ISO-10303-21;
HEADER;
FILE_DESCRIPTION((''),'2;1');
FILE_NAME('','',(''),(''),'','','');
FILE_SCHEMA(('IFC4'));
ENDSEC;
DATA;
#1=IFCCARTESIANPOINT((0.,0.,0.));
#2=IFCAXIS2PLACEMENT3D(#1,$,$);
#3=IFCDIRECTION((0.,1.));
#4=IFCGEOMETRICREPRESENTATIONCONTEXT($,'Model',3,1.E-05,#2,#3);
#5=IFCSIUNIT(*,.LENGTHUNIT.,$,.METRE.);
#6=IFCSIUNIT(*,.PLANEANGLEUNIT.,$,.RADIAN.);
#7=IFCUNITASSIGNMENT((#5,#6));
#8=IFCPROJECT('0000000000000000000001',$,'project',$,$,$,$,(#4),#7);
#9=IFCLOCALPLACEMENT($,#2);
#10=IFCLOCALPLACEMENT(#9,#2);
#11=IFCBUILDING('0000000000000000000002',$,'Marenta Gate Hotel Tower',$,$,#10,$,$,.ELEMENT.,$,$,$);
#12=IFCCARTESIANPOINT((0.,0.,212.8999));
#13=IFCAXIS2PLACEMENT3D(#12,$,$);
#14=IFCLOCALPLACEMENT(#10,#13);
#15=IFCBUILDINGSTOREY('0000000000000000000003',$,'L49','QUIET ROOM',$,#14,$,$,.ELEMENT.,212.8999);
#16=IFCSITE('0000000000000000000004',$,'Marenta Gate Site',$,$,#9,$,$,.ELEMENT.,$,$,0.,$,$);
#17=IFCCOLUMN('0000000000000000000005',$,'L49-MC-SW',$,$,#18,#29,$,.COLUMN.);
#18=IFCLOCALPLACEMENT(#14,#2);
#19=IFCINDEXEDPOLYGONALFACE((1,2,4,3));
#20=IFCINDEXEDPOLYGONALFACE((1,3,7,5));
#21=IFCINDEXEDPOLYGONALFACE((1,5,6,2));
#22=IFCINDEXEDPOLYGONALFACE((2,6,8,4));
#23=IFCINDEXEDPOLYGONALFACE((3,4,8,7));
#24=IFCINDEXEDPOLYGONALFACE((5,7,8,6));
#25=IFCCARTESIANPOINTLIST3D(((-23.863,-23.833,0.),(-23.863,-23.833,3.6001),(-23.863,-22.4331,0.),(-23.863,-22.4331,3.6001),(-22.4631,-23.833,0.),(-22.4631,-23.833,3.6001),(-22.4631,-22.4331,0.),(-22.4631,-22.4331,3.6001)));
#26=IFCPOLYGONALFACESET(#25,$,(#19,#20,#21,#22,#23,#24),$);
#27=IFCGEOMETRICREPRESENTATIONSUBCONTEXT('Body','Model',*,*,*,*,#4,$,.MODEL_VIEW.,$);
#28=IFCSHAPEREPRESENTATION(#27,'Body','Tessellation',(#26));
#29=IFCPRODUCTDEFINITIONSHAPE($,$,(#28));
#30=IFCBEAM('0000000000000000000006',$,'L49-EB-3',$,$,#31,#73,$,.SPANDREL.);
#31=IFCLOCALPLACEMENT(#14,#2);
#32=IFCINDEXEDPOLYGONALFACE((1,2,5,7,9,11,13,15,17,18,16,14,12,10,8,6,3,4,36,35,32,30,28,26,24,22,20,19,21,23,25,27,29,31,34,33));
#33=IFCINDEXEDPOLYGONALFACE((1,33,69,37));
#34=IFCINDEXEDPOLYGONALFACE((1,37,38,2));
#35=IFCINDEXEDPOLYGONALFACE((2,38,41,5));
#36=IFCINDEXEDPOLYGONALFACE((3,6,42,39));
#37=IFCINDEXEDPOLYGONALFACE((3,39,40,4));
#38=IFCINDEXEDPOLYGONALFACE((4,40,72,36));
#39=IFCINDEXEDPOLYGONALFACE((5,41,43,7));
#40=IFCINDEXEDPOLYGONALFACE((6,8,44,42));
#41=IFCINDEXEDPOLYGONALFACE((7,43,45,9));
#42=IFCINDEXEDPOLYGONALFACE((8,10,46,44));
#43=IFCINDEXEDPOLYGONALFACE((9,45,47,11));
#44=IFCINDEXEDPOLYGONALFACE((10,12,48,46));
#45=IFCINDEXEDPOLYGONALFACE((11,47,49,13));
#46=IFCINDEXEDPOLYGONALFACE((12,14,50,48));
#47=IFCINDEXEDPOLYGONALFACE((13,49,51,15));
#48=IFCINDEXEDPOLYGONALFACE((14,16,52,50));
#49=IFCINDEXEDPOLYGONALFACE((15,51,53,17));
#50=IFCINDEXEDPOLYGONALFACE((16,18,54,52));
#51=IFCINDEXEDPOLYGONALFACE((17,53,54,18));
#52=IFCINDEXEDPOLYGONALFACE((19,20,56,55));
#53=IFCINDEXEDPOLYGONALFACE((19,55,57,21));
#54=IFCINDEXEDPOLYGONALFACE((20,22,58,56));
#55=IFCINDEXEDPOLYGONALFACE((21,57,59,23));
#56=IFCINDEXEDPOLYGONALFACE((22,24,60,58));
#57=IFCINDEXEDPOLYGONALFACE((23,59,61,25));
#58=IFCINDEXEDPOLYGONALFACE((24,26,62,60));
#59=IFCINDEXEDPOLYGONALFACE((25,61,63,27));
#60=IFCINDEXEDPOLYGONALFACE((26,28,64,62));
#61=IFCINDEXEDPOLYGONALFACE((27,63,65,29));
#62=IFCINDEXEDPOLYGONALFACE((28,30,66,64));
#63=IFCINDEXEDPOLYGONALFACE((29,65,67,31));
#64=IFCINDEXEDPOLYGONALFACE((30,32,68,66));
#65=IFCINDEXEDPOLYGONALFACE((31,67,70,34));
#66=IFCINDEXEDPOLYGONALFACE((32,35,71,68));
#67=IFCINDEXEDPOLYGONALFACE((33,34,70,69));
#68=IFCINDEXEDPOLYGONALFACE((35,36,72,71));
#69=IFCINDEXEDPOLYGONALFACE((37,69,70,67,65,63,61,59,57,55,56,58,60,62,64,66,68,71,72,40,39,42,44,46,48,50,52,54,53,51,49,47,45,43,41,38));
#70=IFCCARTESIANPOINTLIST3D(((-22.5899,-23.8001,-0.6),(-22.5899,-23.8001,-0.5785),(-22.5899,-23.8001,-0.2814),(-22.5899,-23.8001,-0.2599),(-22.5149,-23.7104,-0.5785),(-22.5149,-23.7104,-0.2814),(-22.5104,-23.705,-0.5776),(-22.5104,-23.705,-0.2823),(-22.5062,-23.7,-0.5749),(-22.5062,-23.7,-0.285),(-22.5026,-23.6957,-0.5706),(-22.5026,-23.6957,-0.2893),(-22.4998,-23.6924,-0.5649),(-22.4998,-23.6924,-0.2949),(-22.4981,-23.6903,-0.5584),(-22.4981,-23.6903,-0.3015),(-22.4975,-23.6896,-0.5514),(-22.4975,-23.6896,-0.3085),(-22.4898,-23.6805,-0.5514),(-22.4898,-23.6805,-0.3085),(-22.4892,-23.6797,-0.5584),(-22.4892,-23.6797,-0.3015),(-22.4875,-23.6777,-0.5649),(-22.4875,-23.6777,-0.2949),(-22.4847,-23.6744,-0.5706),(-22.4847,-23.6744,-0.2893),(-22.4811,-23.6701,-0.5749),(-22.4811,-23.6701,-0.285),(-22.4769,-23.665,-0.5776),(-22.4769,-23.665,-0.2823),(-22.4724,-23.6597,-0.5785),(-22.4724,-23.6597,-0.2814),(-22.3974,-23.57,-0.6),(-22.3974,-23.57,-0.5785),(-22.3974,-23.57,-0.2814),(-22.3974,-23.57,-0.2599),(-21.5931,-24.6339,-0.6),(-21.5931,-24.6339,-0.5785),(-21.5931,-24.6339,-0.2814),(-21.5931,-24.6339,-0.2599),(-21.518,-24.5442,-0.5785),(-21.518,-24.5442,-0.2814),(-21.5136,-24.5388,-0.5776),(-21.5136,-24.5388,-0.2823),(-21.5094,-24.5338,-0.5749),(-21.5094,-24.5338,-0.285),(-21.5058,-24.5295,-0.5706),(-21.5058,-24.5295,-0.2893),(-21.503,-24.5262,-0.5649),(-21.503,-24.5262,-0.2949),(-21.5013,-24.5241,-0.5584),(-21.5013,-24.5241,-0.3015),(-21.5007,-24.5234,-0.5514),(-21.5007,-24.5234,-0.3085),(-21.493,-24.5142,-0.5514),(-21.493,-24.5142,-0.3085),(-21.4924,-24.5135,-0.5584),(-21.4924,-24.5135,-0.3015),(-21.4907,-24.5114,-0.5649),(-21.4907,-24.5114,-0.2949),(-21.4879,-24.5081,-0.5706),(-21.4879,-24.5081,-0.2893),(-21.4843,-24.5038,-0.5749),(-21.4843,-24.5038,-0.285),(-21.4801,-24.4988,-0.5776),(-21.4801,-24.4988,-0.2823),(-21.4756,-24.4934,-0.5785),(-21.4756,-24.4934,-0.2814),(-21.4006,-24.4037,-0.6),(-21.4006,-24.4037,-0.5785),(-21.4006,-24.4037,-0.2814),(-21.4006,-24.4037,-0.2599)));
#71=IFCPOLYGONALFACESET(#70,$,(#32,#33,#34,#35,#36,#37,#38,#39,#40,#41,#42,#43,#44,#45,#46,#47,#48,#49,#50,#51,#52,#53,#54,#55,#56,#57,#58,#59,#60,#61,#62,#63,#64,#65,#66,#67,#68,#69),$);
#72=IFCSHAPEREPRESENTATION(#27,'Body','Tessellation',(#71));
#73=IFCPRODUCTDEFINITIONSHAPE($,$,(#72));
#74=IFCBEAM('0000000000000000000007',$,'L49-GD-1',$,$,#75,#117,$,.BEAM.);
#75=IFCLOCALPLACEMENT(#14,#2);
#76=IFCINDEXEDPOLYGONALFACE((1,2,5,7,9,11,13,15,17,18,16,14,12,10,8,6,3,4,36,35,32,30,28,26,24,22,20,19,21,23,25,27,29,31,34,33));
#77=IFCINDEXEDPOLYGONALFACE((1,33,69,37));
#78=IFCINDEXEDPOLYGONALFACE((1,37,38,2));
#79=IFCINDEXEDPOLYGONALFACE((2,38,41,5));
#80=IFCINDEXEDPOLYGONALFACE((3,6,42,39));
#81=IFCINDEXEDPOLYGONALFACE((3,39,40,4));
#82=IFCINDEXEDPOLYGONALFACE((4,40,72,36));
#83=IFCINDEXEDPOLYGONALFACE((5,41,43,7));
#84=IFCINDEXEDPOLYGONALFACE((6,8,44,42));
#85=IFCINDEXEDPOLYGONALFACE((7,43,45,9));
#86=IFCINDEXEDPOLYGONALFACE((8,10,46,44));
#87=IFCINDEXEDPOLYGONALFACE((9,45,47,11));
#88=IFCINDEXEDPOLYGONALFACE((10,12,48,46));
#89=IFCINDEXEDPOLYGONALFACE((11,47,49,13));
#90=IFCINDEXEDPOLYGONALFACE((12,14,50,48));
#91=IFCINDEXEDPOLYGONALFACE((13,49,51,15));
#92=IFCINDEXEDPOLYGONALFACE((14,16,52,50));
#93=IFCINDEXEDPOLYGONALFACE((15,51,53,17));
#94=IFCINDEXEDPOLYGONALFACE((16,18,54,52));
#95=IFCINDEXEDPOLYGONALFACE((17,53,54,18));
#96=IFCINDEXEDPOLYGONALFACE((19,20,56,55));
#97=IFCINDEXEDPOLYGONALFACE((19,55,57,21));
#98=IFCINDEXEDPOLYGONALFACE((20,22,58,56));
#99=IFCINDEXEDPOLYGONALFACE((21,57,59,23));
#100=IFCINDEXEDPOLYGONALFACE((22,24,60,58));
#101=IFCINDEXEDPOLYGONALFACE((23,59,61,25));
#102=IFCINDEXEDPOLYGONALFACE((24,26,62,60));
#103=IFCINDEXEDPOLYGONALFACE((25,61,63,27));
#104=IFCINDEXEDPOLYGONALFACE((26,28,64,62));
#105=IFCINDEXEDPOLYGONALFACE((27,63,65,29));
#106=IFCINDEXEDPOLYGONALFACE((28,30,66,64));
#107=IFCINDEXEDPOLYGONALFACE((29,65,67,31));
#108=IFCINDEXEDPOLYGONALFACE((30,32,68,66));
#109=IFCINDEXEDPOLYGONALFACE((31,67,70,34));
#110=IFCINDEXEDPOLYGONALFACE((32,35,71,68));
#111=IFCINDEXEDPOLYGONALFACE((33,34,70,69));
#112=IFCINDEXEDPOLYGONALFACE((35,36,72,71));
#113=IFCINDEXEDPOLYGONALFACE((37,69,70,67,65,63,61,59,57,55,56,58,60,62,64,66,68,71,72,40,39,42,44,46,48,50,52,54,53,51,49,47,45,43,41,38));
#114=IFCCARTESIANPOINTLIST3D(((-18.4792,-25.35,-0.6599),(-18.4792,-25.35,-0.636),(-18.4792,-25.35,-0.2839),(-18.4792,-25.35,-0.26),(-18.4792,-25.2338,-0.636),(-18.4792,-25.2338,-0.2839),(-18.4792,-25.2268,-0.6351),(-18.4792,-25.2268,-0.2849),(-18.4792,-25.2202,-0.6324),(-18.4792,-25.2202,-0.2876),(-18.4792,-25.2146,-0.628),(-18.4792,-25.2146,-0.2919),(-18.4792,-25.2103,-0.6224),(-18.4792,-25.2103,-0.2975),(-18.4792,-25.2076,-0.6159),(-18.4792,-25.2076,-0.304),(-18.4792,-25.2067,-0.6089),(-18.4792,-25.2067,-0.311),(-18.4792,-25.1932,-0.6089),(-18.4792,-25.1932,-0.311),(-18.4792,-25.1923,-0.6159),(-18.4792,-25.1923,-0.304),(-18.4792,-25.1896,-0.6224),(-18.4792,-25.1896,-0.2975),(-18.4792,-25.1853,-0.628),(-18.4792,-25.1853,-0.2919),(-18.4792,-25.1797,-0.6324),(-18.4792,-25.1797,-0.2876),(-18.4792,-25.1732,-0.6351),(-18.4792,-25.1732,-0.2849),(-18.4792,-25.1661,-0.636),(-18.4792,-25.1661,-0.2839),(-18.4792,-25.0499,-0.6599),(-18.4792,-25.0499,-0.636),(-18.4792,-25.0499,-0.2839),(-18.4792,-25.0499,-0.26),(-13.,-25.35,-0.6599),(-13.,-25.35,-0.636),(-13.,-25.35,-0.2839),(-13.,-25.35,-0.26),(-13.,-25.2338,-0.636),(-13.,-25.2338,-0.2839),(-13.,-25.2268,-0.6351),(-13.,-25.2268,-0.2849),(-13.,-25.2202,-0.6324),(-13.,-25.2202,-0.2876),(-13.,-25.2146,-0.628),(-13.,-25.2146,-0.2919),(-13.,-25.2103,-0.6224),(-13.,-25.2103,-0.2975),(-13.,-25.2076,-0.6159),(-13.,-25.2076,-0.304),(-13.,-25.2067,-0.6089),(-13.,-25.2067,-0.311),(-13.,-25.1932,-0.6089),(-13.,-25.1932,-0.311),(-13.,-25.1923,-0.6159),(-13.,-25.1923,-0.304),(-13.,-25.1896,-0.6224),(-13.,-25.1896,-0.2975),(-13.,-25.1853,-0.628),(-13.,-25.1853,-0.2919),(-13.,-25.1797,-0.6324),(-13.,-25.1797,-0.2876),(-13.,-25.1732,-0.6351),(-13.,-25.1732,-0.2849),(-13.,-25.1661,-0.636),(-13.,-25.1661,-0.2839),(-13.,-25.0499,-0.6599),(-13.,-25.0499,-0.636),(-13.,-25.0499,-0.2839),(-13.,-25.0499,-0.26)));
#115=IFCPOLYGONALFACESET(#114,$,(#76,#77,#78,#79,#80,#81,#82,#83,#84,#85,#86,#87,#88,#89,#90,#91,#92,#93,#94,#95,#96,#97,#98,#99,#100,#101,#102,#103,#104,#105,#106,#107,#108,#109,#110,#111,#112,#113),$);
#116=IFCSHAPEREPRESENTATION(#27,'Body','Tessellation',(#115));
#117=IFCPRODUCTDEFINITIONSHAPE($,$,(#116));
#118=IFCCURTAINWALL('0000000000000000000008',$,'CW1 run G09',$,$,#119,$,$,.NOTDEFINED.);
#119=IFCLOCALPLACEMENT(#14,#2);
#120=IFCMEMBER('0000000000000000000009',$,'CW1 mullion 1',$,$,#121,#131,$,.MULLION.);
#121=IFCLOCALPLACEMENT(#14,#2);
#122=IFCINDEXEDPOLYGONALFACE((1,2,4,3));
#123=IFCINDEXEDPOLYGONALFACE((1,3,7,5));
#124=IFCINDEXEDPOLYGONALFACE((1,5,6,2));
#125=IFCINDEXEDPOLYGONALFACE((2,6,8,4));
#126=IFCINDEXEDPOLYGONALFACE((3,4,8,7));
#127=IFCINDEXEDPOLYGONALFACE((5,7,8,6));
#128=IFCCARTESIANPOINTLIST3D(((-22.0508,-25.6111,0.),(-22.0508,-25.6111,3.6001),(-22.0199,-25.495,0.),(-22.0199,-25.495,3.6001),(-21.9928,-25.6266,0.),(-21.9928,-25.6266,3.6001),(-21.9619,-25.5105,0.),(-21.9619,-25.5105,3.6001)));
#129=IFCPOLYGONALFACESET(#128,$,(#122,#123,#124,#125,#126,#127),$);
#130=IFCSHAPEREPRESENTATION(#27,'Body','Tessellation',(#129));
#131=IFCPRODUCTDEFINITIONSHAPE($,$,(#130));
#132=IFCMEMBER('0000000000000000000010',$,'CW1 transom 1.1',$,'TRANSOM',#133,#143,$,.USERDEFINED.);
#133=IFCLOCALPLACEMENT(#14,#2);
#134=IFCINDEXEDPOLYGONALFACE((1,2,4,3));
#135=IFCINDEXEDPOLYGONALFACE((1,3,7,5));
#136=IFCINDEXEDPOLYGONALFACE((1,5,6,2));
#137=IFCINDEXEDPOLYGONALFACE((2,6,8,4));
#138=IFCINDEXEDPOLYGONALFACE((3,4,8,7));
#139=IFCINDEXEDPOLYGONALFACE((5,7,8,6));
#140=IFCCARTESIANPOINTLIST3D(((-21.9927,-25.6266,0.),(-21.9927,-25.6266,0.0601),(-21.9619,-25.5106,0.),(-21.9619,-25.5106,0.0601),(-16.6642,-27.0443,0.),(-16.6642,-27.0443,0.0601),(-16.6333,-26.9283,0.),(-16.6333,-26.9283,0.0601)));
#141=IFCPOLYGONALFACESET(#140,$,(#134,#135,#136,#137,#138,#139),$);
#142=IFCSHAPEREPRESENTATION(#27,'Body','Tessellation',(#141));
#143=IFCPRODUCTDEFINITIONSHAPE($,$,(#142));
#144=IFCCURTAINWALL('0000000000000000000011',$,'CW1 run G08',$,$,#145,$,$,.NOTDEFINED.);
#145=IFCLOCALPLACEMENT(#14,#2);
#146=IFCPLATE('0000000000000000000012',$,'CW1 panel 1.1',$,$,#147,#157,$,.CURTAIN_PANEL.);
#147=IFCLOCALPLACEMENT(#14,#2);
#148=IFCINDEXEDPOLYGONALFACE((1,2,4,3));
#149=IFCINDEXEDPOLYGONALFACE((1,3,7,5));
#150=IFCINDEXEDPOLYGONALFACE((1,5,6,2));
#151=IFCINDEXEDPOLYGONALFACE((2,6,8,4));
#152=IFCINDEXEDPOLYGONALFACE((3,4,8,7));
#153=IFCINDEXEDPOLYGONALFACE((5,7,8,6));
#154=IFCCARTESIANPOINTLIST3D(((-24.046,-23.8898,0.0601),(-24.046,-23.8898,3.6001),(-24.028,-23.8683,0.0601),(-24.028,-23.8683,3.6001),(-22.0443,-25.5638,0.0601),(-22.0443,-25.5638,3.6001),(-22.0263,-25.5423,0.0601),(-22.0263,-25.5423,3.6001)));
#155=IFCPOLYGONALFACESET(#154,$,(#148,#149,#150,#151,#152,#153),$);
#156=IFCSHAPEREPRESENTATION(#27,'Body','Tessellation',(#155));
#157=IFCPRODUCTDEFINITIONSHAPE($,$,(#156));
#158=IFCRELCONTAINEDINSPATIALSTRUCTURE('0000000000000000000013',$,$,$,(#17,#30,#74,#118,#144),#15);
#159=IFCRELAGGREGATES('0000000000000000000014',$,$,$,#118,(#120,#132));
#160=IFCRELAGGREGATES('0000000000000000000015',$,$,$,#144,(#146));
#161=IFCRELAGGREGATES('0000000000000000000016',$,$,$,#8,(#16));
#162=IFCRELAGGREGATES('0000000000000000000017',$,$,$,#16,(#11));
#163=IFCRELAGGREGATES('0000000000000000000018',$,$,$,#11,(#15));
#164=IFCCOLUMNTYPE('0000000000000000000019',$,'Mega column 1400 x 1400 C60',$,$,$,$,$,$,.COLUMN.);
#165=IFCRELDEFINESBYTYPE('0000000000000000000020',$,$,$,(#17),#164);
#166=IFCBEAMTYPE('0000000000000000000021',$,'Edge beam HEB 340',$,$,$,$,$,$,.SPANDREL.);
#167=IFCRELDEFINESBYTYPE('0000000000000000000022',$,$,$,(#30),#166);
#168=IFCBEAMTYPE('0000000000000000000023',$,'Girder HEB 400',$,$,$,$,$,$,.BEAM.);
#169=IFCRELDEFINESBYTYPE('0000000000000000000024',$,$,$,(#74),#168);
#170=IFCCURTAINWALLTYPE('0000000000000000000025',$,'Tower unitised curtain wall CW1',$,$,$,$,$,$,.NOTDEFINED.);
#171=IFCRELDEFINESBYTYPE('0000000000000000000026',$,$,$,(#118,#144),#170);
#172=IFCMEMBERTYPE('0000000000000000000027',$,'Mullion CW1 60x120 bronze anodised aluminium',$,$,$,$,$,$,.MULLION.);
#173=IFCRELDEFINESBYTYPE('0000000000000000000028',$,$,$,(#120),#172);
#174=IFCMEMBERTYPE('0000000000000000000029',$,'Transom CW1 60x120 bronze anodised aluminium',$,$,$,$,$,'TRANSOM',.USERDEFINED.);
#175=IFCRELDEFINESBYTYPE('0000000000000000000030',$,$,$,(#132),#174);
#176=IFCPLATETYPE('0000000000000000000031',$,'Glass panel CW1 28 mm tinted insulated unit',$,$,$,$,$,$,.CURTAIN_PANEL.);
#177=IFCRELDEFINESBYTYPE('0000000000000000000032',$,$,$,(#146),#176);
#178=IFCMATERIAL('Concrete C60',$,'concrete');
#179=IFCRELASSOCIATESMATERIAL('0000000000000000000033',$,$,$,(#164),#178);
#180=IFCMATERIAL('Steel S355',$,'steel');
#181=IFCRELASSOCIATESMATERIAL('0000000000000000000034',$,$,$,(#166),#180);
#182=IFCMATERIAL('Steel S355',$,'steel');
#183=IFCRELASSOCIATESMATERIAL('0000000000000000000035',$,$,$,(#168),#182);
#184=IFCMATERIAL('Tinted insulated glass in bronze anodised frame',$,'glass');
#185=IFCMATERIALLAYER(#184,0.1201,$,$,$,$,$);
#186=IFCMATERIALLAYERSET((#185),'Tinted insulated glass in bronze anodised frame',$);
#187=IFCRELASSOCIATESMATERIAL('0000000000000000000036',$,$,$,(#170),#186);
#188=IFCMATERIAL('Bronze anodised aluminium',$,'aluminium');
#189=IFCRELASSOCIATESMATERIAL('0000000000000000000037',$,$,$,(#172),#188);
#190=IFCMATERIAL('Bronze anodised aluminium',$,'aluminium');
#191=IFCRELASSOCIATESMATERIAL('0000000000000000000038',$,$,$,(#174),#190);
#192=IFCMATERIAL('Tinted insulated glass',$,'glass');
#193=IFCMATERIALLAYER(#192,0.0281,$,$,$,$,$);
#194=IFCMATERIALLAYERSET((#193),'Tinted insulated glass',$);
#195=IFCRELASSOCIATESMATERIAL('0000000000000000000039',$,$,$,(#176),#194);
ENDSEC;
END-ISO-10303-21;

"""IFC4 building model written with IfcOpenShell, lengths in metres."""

from ifc_helpers import new_model, si_unit, direction, frame, origin, origin_2d, place, context, subcontext, project, spatial, rectangle, i_section, extrude, material, layer, layer_set, material_profile, profile_set, type_object, element, aggregate, save


model = new_model("IFC4")

# Units and contexts
model_context = context("Model", 3, precision=1e-05, world=origin(), true_north=direction((0.0, 1.0)))
body_context = subcontext(model_context, "Body", "Model", "MODEL_VIEW")
ifc_project = project(units=[si_unit("LENGTHUNIT", "METRE"), si_unit("PLANEANGLEUNIT", "RADIAN")], contexts=[model_context])

# Site, building, storey
site_placement = place(None, origin())
site = spatial("IfcSite", under=ifc_project, at=site_placement, Name="Marenta Gate Site", CompositionType="ELEMENT", RefElevation=0.0)
building_placement = place(site_placement, origin())
building = spatial("IfcBuilding", under=site, at=building_placement, Name="Marenta Gate Hotel Tower", CompositionType="ELEMENT")
storey_placement = place(building_placement, frame((0.0, 0.0, 212.8999)))
storey = spatial("IfcBuildingStorey", under=building, at=storey_placement, Name="L49", Description="QUIET ROOM", CompositionType="ELEMENT", Elevation=212.8999)

# Column
ifc_material_1 = material(Name="Concrete C60", Category="concrete")
ifc_material_profile_1 = material_profile(ifc_material_1, rectangle(XDim=1.3999, YDim=1.3999, at=origin_2d()), Name="1400 x 1400")
ifc_profile_set_1 = profile_set([ifc_material_profile_1], Name="Concrete C60")
column_type = type_object("IfcColumnType", Name="Mega column 1400 x 1400 C60", PredefinedType="COLUMN", material=ifc_profile_set_1)
column_placement = place(storey_placement, frame((-23.1631, -23.1331, 0.0), z_axis=(0.0, 0.0, 1.0), x_axis=(1.0, 0.0, 0.0)))
element("IfcColumn", 1, at=column_placement, inside=storey, type_object=column_type, Name="L49-MC-SW", PredefinedType="COLUMN", context=body_context, shape_type="SweptSolid", body=[
    extrude(rectangle(XDim=1.3999, YDim=1.3999, at=origin_2d()), origin(), (0.0, 0.0, 1.0), 3.6001),
])

# Beams
ifc_material_2 = material(Name="Steel S355", Category="steel")
ifc_material_profile_2 = material_profile(ifc_material_2, i_section(OverallWidth=0.3, OverallDepth=0.3401, WebThickness=0.012, FlangeThickness=0.0215, FilletRadius=0.0271, at=origin_2d()), Name="HEB 340")
ifc_profile_set_2 = profile_set([ifc_material_profile_2], Name="Steel S355")
beam_type_1 = type_object("IfcBeamType", Name="Edge beam HEB 340", PredefinedType="SPANDREL", material=ifc_profile_set_2)
beam_1_placement = place(storey_placement, frame((-21.4968, -24.5188, -0.4299), z_axis=(-0.767065, 0.641569, 0.0), x_axis=(-0.641569, -0.767065, 0.0)))
element("IfcBeam", 2, at=beam_1_placement, inside=storey, type_object=beam_type_1, Name="L49-EB-3", PredefinedType="SPANDREL", context=body_context, shape_type="SweptSolid", body=[
    extrude(i_section(OverallWidth=0.3, OverallDepth=0.3401, WebThickness=0.012, FlangeThickness=0.0215, FilletRadius=0.0271, at=origin_2d()), origin(), (0.0, 0.0, 1.0), 1.2996),
])
ifc_material_3 = material(Name="Steel S355", Category="steel")
ifc_material_profile_3 = material_profile(ifc_material_3, i_section(OverallWidth=0.3, OverallDepth=0.3999, WebThickness=0.0134, FlangeThickness=0.0239, FilletRadius=0.0271, at=origin_2d()), Name="HEB 400")
ifc_profile_set_3 = profile_set([ifc_material_profile_3], Name="Steel S355")
beam_type_2 = type_object("IfcBeamType", Name="Girder HEB 400", PredefinedType="BEAM", material=ifc_profile_set_3)
beam_2_placement = place(storey_placement, frame((-18.4792, -25.2, -0.46), z_axis=(1.0, 0.0, 0.0), x_axis=(0.0, 1.0, 0.0)))
element("IfcBeam", 3, at=beam_2_placement, inside=storey, type_object=beam_type_2, Name="L49-GD-1", PredefinedType="BEAM", context=body_context, shape_type="SweptSolid", body=[
    extrude(i_section(OverallWidth=0.3, OverallDepth=0.3999, WebThickness=0.0134, FlangeThickness=0.0239, FilletRadius=0.0271, at=origin_2d()), origin(), (0.0, 0.0, 1.0), 5.4792),
])

# Curtain wall, members
ifc_material_4 = material(Name="Tinted insulated glass in bronze anodised frame", Category="glass")
ifc_layer_1 = layer(ifc_material_4, 0.1201)
ifc_layer_set_1 = layer_set([ifc_layer_1], Name="Tinted insulated glass in bronze anodised frame")
curtain_wall_type = type_object("IfcCurtainWallType", Name="Tower unitised curtain wall CW1", PredefinedType="NOTDEFINED", material=ifc_layer_set_1)
curtain_wall_1_placement = place(storey_placement, origin())
curtain_wall_1 = element("IfcCurtainWall", 4, at=curtain_wall_1_placement, inside=storey, type_object=curtain_wall_type, Name="CW1 run G09", PredefinedType="NOTDEFINED")
ifc_material_5 = material(Name="Bronze anodised aluminium", Category="aluminium")
ifc_material_profile_4 = material_profile(ifc_material_5, rectangle(XDim=0.1201, YDim=0.0601, at=origin_2d()), Name="Mullion CW1 60x120 bronze anodised aluminium")
ifc_profile_set_4 = profile_set([ifc_material_profile_4], Name="Bronze anodised aluminium")
member_type_1 = type_object("IfcMemberType", Name="Mullion CW1 60x120 bronze anodised aluminium", PredefinedType="MULLION", material=ifc_profile_set_4)
member_1_placement = place(storey_placement, frame((-22.0063, -25.5608, 0.0), z_axis=(0.0, 0.0, 1.0), x_axis=(0.257132, 0.966376, 0.0)))
member_1 = element("IfcMember", 5, at=member_1_placement, type_object=member_type_1, Name="CW1 mullion 1", PredefinedType="MULLION", context=body_context, shape_type="SweptSolid", body=[
    extrude(rectangle(XDim=0.1201, YDim=0.0601, at=origin_2d()), origin(), (0.0, 0.0, 1.0), 3.6001),
])
ifc_material_6 = material(Name="Bronze anodised aluminium", Category="aluminium")
ifc_material_profile_5 = material_profile(ifc_material_6, rectangle(XDim=0.1201, YDim=0.0601, at=origin_2d()), Name="Transom CW1 60x120 bronze anodised aluminium")
ifc_profile_set_5 = profile_set([ifc_material_profile_5], Name="Bronze anodised aluminium")
member_type_2 = type_object("IfcMemberType", Name="Transom CW1 60x120 bronze anodised aluminium", ElementType="TRANSOM", PredefinedType="USERDEFINED", material=ifc_profile_set_5)
member_2_placement = place(storey_placement, frame((-21.9773, -25.5686, 0.03), z_axis=(0.966381, -0.257114, 0.0), x_axis=(0.257114, 0.966381, 0.0)))
member_2 = element("IfcMember", 6, at=member_2_placement, type_object=member_type_2, Name="CW1 transom 1.1", ObjectType="TRANSOM", PredefinedType="USERDEFINED", context=body_context, shape_type="SweptSolid", body=[
    extrude(rectangle(XDim=0.1201, YDim=0.0601, at=origin_2d()), origin(), (0.0, 0.0, 1.0), 5.5139),
])
aggregate(curtain_wall_1, [member_1, member_2])

# Curtain wall, plate
curtain_wall_2_placement = place(storey_placement, origin())
curtain_wall_2 = element("IfcCurtainWall", 7, at=curtain_wall_2_placement, inside=storey, type_object=curtain_wall_type, Name="CW1 run G08", PredefinedType="NOTDEFINED")
ifc_material_7 = material(Name="Tinted insulated glass", Category="glass")
ifc_layer_2 = layer(ifc_material_7, 0.0281)
ifc_layer_set_2 = layer_set([ifc_layer_2], Name="Tinted insulated glass")
plate_type = type_object("IfcPlateType", Name="Glass panel CW1 28 mm tinted insulated unit", PredefinedType="CURTAIN_PANEL", material=ifc_layer_set_2)
plate_placement = place(storey_placement, frame((-23.0361, -24.7161, 0.0601), z_axis=(0.0, 0.0, 1.0), x_axis=(0.767102, -0.641525, 0.0)))
plate = element("IfcPlate", 8, at=plate_placement, type_object=plate_type, Name="CW1 panel 1.1", PredefinedType="CURTAIN_PANEL", context=body_context, shape_type="SweptSolid", body=[
    extrude(rectangle(XDim=2.6094, YDim=0.0281, at=origin_2d()), origin(), (0.0, 0.0, 1.0), 3.54),
])
aggregate(curtain_wall_2, [plate])

save(model, "model.ifc")
